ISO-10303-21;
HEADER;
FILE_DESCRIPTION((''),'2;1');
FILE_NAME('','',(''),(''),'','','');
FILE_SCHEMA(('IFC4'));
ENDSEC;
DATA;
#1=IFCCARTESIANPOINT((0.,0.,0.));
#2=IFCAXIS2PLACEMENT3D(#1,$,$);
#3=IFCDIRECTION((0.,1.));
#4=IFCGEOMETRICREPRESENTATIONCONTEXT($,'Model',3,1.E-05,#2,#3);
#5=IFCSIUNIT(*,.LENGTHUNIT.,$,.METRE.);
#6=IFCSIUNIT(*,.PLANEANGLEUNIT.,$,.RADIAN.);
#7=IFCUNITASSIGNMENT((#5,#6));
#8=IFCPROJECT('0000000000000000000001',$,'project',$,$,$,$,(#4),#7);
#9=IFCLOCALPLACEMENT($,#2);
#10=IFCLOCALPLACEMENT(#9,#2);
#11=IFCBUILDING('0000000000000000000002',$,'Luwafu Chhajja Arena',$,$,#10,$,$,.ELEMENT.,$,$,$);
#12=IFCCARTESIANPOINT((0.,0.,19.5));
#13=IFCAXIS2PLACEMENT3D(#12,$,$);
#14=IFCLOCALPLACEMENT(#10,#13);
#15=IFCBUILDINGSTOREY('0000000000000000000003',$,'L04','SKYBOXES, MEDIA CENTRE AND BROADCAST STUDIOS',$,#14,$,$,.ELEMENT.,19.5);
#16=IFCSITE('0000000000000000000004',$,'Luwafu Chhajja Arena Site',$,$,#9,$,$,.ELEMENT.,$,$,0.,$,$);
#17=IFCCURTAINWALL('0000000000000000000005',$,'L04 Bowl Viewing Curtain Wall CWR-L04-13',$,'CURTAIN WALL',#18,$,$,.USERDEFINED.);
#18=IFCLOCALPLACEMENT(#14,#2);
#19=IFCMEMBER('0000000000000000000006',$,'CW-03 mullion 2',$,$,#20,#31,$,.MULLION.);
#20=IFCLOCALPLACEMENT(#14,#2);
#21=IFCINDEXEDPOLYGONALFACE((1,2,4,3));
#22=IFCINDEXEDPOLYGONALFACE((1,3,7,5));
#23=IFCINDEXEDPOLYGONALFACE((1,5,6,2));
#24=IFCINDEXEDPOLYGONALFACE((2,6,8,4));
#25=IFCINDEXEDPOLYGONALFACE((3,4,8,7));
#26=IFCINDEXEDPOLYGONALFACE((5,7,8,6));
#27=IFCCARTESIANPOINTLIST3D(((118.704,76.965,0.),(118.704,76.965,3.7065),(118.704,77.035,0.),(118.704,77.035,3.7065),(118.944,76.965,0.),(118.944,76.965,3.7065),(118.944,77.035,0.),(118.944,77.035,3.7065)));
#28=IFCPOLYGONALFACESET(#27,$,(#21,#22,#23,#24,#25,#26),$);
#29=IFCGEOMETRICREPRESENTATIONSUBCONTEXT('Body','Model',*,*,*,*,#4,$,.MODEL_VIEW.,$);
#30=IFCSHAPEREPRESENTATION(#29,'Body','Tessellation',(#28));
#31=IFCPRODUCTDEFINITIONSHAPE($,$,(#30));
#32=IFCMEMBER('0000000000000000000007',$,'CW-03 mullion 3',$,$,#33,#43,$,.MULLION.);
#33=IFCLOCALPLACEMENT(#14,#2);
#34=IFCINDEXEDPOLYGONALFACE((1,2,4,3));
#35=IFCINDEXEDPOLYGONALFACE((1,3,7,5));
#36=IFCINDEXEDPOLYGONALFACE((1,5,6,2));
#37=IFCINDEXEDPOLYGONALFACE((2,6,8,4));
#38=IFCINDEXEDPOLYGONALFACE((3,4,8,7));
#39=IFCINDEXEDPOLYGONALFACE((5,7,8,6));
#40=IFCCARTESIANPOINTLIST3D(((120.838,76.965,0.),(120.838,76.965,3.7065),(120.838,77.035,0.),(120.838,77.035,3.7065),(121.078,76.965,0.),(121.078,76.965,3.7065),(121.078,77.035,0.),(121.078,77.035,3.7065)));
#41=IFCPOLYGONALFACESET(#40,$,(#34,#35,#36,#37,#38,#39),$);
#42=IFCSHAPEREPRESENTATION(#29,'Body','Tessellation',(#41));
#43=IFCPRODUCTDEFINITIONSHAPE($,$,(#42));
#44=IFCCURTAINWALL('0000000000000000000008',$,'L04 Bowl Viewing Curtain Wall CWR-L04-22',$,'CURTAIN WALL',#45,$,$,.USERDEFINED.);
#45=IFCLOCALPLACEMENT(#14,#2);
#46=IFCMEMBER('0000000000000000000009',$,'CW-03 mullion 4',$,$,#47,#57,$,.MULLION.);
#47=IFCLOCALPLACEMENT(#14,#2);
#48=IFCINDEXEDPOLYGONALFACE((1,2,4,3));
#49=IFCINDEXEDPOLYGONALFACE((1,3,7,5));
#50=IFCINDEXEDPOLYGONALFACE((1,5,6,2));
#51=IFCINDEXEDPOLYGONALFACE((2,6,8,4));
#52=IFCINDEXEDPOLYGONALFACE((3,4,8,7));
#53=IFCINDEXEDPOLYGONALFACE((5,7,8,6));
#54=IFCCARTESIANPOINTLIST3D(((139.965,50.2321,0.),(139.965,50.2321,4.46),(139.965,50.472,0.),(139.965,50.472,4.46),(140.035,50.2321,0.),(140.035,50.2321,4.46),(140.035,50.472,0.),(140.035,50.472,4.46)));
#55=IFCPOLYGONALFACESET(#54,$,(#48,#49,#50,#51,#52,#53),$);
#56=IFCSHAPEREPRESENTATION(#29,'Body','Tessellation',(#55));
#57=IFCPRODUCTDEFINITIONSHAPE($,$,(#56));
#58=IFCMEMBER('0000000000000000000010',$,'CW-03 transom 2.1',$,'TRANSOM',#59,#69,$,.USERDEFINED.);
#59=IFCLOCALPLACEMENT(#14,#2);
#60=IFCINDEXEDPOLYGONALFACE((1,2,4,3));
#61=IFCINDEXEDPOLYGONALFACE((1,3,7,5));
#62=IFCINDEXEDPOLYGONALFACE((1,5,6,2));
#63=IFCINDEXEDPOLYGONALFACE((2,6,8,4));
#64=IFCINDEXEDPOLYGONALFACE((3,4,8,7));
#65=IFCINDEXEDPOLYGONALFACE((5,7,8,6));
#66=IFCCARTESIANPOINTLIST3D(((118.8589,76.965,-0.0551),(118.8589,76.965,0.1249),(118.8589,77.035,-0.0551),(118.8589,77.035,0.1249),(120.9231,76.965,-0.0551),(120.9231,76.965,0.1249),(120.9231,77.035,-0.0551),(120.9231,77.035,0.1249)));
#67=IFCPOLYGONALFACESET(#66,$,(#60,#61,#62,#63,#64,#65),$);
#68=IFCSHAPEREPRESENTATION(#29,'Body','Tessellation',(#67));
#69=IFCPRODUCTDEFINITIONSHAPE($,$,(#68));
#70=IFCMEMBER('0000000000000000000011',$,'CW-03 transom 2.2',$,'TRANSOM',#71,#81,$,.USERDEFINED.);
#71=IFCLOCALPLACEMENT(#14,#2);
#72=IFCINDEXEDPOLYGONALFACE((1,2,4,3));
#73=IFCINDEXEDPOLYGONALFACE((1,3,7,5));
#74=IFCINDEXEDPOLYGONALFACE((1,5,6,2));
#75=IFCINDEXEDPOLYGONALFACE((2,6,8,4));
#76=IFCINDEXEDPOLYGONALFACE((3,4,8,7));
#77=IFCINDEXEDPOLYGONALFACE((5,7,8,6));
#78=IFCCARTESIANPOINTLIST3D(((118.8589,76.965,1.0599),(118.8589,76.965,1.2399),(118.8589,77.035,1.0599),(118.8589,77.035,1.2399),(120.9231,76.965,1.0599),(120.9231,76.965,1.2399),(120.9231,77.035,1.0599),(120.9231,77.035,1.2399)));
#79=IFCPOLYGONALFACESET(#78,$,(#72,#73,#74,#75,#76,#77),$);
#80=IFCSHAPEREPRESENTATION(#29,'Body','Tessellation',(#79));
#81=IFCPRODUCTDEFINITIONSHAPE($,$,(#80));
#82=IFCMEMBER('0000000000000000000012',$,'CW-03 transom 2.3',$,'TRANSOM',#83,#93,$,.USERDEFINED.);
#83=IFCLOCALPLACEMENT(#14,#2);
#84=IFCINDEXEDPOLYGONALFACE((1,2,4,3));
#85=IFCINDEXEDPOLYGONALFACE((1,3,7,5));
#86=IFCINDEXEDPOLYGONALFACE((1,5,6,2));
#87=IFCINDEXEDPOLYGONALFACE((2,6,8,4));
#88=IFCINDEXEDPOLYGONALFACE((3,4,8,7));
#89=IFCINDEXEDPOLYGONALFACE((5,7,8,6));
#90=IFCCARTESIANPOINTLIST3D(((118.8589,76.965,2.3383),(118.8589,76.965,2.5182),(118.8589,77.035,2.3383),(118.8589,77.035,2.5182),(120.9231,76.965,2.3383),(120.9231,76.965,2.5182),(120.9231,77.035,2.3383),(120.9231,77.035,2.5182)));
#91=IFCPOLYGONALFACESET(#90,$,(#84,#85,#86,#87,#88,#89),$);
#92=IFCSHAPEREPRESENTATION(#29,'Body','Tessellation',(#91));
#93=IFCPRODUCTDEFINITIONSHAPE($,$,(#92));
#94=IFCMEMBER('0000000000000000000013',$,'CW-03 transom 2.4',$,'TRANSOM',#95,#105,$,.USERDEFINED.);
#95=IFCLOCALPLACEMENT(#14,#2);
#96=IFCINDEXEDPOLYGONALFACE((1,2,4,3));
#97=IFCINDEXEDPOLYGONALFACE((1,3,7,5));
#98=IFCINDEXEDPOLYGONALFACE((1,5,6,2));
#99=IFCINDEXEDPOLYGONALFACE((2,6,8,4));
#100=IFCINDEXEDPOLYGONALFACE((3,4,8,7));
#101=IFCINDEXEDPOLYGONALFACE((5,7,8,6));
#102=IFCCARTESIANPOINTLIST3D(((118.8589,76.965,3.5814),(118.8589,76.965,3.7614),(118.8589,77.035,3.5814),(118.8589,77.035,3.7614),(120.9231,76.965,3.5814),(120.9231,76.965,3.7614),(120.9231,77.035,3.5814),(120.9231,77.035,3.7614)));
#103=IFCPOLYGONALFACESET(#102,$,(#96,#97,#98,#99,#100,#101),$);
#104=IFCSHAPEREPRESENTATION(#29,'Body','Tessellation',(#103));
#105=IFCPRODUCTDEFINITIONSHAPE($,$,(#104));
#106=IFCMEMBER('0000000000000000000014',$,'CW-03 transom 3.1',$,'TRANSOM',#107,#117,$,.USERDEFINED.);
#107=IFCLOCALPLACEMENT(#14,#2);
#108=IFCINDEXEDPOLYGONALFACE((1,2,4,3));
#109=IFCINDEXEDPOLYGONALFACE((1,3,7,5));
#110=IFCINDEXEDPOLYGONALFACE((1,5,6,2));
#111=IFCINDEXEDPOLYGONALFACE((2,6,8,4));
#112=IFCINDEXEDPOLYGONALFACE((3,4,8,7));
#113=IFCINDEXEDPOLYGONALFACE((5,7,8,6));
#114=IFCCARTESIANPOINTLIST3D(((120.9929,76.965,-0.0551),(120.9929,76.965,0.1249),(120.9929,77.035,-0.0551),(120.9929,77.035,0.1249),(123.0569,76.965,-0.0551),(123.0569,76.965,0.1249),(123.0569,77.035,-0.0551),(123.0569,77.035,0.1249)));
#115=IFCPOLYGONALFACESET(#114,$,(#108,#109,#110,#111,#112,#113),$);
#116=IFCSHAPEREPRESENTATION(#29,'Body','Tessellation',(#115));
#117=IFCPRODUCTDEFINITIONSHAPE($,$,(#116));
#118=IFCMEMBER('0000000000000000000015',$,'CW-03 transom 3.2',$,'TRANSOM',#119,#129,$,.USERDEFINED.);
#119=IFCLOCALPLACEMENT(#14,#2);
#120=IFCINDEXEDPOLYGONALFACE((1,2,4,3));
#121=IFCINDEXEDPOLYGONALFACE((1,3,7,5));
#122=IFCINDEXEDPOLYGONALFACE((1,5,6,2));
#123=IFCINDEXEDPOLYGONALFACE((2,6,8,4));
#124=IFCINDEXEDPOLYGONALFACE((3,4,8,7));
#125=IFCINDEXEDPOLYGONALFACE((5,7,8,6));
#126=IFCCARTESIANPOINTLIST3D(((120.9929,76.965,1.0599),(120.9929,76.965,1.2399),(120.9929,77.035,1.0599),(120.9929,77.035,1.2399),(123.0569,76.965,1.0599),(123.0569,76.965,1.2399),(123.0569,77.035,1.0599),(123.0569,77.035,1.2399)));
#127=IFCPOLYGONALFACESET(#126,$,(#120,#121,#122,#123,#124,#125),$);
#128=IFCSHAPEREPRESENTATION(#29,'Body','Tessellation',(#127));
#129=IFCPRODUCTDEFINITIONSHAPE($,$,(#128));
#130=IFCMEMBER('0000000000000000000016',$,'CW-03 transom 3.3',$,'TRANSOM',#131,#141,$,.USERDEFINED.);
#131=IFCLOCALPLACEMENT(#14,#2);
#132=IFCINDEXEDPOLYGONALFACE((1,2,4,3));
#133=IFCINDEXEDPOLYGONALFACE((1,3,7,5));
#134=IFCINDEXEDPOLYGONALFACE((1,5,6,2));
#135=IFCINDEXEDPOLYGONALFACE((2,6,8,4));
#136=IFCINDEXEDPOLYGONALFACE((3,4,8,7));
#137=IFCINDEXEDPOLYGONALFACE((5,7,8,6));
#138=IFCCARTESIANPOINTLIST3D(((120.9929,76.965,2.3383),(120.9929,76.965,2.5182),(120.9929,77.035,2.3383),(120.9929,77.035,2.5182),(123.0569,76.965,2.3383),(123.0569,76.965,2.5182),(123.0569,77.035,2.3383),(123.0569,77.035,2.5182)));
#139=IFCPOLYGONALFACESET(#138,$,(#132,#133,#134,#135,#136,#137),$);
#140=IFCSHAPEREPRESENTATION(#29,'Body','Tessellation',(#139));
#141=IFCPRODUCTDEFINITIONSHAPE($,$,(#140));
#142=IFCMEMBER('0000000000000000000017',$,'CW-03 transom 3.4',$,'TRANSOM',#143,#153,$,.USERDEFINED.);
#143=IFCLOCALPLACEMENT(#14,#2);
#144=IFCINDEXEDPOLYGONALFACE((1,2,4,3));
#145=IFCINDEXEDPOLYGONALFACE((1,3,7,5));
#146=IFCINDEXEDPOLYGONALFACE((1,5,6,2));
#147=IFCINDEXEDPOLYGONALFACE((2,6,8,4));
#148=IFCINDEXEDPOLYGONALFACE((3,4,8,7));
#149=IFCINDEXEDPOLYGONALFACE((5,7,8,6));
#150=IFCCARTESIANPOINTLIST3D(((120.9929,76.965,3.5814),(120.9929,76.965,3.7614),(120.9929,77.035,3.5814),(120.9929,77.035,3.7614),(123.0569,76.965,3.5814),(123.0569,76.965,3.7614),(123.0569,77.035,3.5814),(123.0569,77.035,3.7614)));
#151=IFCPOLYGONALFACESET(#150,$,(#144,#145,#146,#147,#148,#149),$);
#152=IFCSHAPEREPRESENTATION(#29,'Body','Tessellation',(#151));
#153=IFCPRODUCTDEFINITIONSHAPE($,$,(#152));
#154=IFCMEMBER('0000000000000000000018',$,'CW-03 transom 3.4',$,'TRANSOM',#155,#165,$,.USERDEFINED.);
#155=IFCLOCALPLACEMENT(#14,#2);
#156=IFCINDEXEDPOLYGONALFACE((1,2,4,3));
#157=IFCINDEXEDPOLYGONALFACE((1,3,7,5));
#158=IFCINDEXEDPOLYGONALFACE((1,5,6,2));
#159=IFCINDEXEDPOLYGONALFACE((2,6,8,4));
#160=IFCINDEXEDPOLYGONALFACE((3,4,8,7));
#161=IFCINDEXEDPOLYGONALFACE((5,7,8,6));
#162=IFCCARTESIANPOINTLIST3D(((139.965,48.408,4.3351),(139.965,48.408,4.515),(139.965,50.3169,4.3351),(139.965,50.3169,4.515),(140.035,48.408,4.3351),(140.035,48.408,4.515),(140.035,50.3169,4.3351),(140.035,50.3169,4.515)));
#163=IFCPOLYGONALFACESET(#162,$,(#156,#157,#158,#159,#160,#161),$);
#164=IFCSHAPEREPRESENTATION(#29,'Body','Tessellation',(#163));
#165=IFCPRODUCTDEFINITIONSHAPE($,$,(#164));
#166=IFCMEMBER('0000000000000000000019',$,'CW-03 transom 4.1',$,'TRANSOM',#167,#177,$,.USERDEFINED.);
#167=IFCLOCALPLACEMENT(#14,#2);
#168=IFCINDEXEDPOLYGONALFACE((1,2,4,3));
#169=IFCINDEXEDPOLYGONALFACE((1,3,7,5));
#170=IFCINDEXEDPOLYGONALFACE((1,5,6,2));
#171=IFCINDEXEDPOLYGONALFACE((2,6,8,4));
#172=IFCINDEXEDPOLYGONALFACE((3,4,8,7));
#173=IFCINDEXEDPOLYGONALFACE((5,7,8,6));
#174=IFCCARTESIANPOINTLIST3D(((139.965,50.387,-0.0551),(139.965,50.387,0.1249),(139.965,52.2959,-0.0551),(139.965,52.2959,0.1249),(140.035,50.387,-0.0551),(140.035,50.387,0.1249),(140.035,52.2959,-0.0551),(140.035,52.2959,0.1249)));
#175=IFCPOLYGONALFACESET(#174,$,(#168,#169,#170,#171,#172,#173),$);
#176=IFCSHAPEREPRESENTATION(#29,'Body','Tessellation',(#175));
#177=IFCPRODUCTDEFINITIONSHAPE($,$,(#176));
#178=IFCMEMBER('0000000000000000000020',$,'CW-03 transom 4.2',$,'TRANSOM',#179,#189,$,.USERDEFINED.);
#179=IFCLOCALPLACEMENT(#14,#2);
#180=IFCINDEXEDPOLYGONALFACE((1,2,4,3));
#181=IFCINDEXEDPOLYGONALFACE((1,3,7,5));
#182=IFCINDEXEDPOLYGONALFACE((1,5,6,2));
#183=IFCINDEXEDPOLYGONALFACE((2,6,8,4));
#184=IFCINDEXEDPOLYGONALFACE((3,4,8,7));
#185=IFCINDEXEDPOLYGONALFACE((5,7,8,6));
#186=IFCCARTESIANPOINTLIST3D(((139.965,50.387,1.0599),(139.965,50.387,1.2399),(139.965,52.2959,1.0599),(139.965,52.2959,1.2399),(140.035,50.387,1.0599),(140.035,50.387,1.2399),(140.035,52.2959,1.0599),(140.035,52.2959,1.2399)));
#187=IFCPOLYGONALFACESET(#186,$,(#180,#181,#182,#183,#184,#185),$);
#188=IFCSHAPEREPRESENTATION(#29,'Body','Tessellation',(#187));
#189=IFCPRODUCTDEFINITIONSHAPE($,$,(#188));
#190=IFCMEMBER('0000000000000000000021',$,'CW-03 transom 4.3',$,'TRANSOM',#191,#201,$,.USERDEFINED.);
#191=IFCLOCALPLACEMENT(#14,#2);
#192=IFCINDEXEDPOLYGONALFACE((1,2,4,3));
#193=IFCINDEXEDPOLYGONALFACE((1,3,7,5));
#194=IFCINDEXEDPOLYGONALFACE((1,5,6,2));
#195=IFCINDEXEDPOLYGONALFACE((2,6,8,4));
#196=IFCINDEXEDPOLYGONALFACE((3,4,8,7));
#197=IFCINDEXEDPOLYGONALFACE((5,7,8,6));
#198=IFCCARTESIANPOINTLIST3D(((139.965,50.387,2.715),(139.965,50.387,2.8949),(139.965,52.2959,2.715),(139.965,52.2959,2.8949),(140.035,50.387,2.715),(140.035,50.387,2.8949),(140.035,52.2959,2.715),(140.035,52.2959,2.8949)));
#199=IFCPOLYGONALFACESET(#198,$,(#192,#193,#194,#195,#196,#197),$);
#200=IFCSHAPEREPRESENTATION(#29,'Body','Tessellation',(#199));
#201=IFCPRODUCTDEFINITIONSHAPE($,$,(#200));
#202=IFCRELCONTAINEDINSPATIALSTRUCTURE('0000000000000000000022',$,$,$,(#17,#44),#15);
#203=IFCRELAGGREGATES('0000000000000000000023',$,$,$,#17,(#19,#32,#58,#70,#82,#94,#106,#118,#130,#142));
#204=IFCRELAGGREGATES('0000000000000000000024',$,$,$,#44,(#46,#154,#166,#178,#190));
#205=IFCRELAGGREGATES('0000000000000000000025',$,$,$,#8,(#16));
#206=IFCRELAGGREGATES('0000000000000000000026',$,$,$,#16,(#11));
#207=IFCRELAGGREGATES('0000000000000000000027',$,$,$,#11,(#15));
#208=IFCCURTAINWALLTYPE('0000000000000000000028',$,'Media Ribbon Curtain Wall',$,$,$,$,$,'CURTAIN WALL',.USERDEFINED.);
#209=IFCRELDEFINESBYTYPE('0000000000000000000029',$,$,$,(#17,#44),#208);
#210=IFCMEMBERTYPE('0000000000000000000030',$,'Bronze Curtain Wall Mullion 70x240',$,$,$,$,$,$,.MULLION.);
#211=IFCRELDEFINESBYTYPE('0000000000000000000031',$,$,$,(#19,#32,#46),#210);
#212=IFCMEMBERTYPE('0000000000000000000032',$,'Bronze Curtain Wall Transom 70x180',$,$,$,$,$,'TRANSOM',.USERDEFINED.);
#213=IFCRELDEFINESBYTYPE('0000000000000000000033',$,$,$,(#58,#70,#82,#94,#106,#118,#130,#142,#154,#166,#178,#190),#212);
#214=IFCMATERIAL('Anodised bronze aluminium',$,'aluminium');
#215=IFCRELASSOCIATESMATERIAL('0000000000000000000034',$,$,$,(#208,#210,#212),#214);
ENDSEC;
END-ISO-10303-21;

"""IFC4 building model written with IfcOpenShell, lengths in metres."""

from ifc_helpers import new_model, si_unit, direction, frame, origin, origin_2d, place, context, subcontext, project, spatial, rectangle, extrude, material, material_profile, profile_set, type_object, element, aggregate, save


model = new_model("IFC4")

# Units and contexts
model_context = context("Model", 3, precision=1e-05, world=origin(), true_north=direction((0.0, 1.0)))
body_context = subcontext(model_context, "Body", "Model", "MODEL_VIEW")
ifc_project = project(units=[si_unit("LENGTHUNIT", "METRE"), si_unit("PLANEANGLEUNIT", "RADIAN")], contexts=[model_context])

# Site, building, storey
site_placement = place(None, origin())
site = spatial("IfcSite", under=ifc_project, at=site_placement, Name="Luwafu Chhajja Arena Site", CompositionType="ELEMENT", RefElevation=0.0)
building_placement = place(site_placement, origin())
building = spatial("IfcBuilding", under=site, at=building_placement, Name="Luwafu Chhajja Arena", CompositionType="ELEMENT")
storey_placement = place(building_placement, frame((0.0, 0.0, 19.5)))
storey = spatial("IfcBuildingStorey", under=building, at=storey_placement, Name="L04", Description="SKYBOXES, MEDIA CENTRE AND BROADCAST STUDIOS", CompositionType="ELEMENT", Elevation=19.5)

# Curtain wall, members
ifc_material_1 = material(Name="Anodised bronze aluminium", Category="aluminium")
curtain_wall_type = type_object("IfcCurtainWallType", Name="Media Ribbon Curtain Wall", ElementType="CURTAIN WALL", PredefinedType="USERDEFINED", material=ifc_material_1)
curtain_wall_1_placement = place(storey_placement, origin())
curtain_wall_1 = element("IfcCurtainWall", 1, at=curtain_wall_1_placement, inside=storey, type_object=curtain_wall_type, Name="L04 Bowl Viewing Curtain Wall CWR-L04-13", ObjectType="CURTAIN WALL", PredefinedType="USERDEFINED")
ifc_material_profile_1 = material_profile(ifc_material_1, rectangle(XDim=0.0701, YDim=0.24, at=origin_2d()), Name="CWM 70x240")
ifc_profile_set_1 = profile_set([ifc_material_profile_1], Name="Anodised bronze aluminium")
member_type_1 = type_object("IfcMemberType", Name="Bronze Curtain Wall Mullion 70x240", PredefinedType="MULLION", material=ifc_profile_set_1)
member_1_placement = place(storey_placement, frame((118.824, 77.0, 0.0), z_axis=(0.0, 0.0, 1.0), x_axis=(0.0, 1.0, 0.0)))
member_1 = element("IfcMember", 2, at=member_1_placement, type_object=member_type_1, Name="CW-03 mullion 2", PredefinedType="MULLION", context=body_context, shape_type="SweptSolid", body=[
    extrude(rectangle(XDim=0.0701, YDim=0.24, at=origin_2d()), origin(), (0.0, 0.0, 1.0), 3.7065),
])
member_2_placement = place(storey_placement, frame((120.958, 77.0, 0.0), z_axis=(0.0, 0.0, 1.0), x_axis=(0.0, 1.0, 0.0)))
member_2 = element("IfcMember", 3, at=member_2_placement, type_object=member_type_1, Name="CW-03 mullion 3", PredefinedType="MULLION", context=body_context, shape_type="SweptSolid", body=[
    extrude(rectangle(XDim=0.0701, YDim=0.24, at=origin_2d()), origin(), (0.0, 0.0, 1.0), 3.7065),
])

# Curtain wall, member
curtain_wall_2_placement = place(storey_placement, origin())
curtain_wall_2 = element("IfcCurtainWall", 4, at=curtain_wall_2_placement, inside=storey, type_object=curtain_wall_type, Name="L04 Bowl Viewing Curtain Wall CWR-L04-22", ObjectType="CURTAIN WALL", PredefinedType="USERDEFINED")
member_3_placement = place(storey_placement, frame((140.0, 50.3521, 0.0), z_axis=(0.0, 0.0, 1.0), x_axis=(-1.0, 0.0, 0.0)))
member_3 = element("IfcMember", 5, at=member_3_placement, type_object=member_type_1, Name="CW-03 mullion 4", PredefinedType="MULLION", context=body_context, shape_type="SweptSolid", body=[
    extrude(rectangle(XDim=0.0701, YDim=0.24, at=origin_2d()), origin(), (0.0, 0.0, 1.0), 4.46),
])

# Members
ifc_material_profile_2 = material_profile(ifc_material_1, rectangle(XDim=0.0701, YDim=0.1799, at=origin_2d()), Name="CWT 70x180")
ifc_profile_set_2 = profile_set([ifc_material_profile_2], Name="Anodised bronze aluminium")
member_type_2 = type_object("IfcMemberType", Name="Bronze Curtain Wall Transom 70x180", ElementType="TRANSOM", PredefinedType="USERDEFINED", material=ifc_profile_set_2)
member_4_placement = place(storey_placement, frame((118.8589, 77.0, 0.0349), z_axis=(1.0, 0.0, 0.0), x_axis=(0.0, 1.0, 0.0)))
member_4 = element("IfcMember", 6, at=member_4_placement, type_object=member_type_2, Name="CW-03 transom 2.1", ObjectType="TRANSOM", PredefinedType="USERDEFINED", context=body_context, shape_type="SweptSolid", body=[
    extrude(rectangle(XDim=0.0701, YDim=0.1799, at=origin_2d()), origin(), (0.0, 0.0, 1.0), 2.0642),
])
member_5_placement = place(storey_placement, frame((118.8589, 77.0, 1.1499), z_axis=(1.0, 0.0, 0.0), x_axis=(0.0, 1.0, 0.0)))
member_5 = element("IfcMember", 7, at=member_5_placement, type_object=member_type_2, Name="CW-03 transom 2.2", ObjectType="TRANSOM", PredefinedType="USERDEFINED", context=body_context, shape_type="SweptSolid", body=[
    extrude(rectangle(XDim=0.0701, YDim=0.1799, at=origin_2d()), origin(), (0.0, 0.0, 1.0), 2.0642),
])
member_6_placement = place(storey_placement, frame((118.8589, 77.0, 2.4282), z_axis=(1.0, 0.0, 0.0), x_axis=(0.0, 1.0, 0.0)))
member_6 = element("IfcMember", 8, at=member_6_placement, type_object=member_type_2, Name="CW-03 transom 2.3", ObjectType="TRANSOM", PredefinedType="USERDEFINED", context=body_context, shape_type="SweptSolid", body=[
    extrude(rectangle(XDim=0.0701, YDim=0.1799, at=origin_2d()), origin(), (0.0, 0.0, 1.0), 2.0642),
])
member_7_placement = place(storey_placement, frame((118.8589, 77.0, 3.6714), z_axis=(1.0, 0.0, 0.0), x_axis=(0.0, 1.0, 0.0)))
member_7 = element("IfcMember", 9, at=member_7_placement, type_object=member_type_2, Name="CW-03 transom 2.4", ObjectType="TRANSOM", PredefinedType="USERDEFINED", context=body_context, shape_type="SweptSolid", body=[
    extrude(rectangle(XDim=0.0701, YDim=0.1799, at=origin_2d()), origin(), (0.0, 0.0, 1.0), 2.0642),
])
member_8_placement = place(storey_placement, frame((120.9929, 77.0, 0.0349), z_axis=(1.0, 0.0, 0.0), x_axis=(0.0, 1.0, 0.0)))
member_8 = element("IfcMember", 10, at=member_8_placement, type_object=member_type_2, Name="CW-03 transom 3.1", ObjectType="TRANSOM", PredefinedType="USERDEFINED", context=body_context, shape_type="SweptSolid", body=[
    extrude(rectangle(XDim=0.0701, YDim=0.1799, at=origin_2d()), origin(), (0.0, 0.0, 1.0), 2.064),
])
member_9_placement = place(storey_placement, frame((120.9929, 77.0, 1.1499), z_axis=(1.0, 0.0, 0.0), x_axis=(0.0, 1.0, 0.0)))
member_9 = element("IfcMember", 11, at=member_9_placement, type_object=member_type_2, Name="CW-03 transom 3.2", ObjectType="TRANSOM", PredefinedType="USERDEFINED", context=body_context, shape_type="SweptSolid", body=[
    extrude(rectangle(XDim=0.0701, YDim=0.1799, at=origin_2d()), origin(), (0.0, 0.0, 1.0), 2.064),
])
member_10_placement = place(storey_placement, frame((120.9929, 77.0, 2.4282), z_axis=(1.0, 0.0, 0.0), x_axis=(0.0, 1.0, 0.0)))
member_10 = element("IfcMember", 12, at=member_10_placement, type_object=member_type_2, Name="CW-03 transom 3.3", ObjectType="TRANSOM", PredefinedType="USERDEFINED", context=body_context, shape_type="SweptSolid", body=[
    extrude(rectangle(XDim=0.0701, YDim=0.1799, at=origin_2d()), origin(), (0.0, 0.0, 1.0), 2.064),
])
member_11_placement = place(storey_placement, frame((120.9929, 77.0, 3.6714), z_axis=(1.0, 0.0, 0.0), x_axis=(0.0, 1.0, 0.0)))
member_11 = element("IfcMember", 13, at=member_11_placement, type_object=member_type_2, Name="CW-03 transom 3.4", ObjectType="TRANSOM", PredefinedType="USERDEFINED", context=body_context, shape_type="SweptSolid", body=[
    extrude(rectangle(XDim=0.0701, YDim=0.1799, at=origin_2d()), origin(), (0.0, 0.0, 1.0), 2.064),
])
member_12_placement = place(storey_placement, frame((140.0, 48.408, 4.425), z_axis=(0.0, 1.0, 0.0), x_axis=(-1.0, 0.0, 0.0)))
member_12 = element("IfcMember", 14, at=member_12_placement, type_object=member_type_2, Name="CW-03 transom 3.4", ObjectType="TRANSOM", PredefinedType="USERDEFINED", context=body_context, shape_type="SweptSolid", body=[
    extrude(rectangle(XDim=0.0701, YDim=0.1799, at=origin_2d()), origin(), (0.0, 0.0, 1.0), 1.9089),
])
member_13_placement = place(storey_placement, frame((140.0, 50.387, 0.0349), z_axis=(0.0, 1.0, 0.0), x_axis=(-1.0, 0.0, 0.0)))
member_13 = element("IfcMember", 15, at=member_13_placement, type_object=member_type_2, Name="CW-03 transom 4.1", ObjectType="TRANSOM", PredefinedType="USERDEFINED", context=body_context, shape_type="SweptSolid", body=[
    extrude(rectangle(XDim=0.0701, YDim=0.1799, at=origin_2d()), origin(), (0.0, 0.0, 1.0), 1.9089),
])
member_14_placement = place(storey_placement, frame((140.0, 50.387, 1.1499), z_axis=(0.0, 1.0, 0.0), x_axis=(-1.0, 0.0, 0.0)))
member_14 = element("IfcMember", 16, at=member_14_placement, type_object=member_type_2, Name="CW-03 transom 4.2", ObjectType="TRANSOM", PredefinedType="USERDEFINED", context=body_context, shape_type="SweptSolid", body=[
    extrude(rectangle(XDim=0.0701, YDim=0.1799, at=origin_2d()), origin(), (0.0, 0.0, 1.0), 1.9089),
])
member_15_placement = place(storey_placement, frame((140.0, 50.387, 2.8049), z_axis=(0.0, 1.0, 0.0), x_axis=(-1.0, 0.0, 0.0)))
member_15 = element("IfcMember", 17, at=member_15_placement, type_object=member_type_2, Name="CW-03 transom 4.3", ObjectType="TRANSOM", PredefinedType="USERDEFINED", context=body_context, shape_type="SweptSolid", body=[
    extrude(rectangle(XDim=0.0701, YDim=0.1799, at=origin_2d()), origin(), (0.0, 0.0, 1.0), 1.9089),
])

aggregate(curtain_wall_1, [member_1, member_2, member_4, member_5, member_6, member_7, member_8, member_9, member_10, member_11])
aggregate(curtain_wall_2, [member_3, member_12, member_13, member_14, member_15])

save(model, "model.ifc")
